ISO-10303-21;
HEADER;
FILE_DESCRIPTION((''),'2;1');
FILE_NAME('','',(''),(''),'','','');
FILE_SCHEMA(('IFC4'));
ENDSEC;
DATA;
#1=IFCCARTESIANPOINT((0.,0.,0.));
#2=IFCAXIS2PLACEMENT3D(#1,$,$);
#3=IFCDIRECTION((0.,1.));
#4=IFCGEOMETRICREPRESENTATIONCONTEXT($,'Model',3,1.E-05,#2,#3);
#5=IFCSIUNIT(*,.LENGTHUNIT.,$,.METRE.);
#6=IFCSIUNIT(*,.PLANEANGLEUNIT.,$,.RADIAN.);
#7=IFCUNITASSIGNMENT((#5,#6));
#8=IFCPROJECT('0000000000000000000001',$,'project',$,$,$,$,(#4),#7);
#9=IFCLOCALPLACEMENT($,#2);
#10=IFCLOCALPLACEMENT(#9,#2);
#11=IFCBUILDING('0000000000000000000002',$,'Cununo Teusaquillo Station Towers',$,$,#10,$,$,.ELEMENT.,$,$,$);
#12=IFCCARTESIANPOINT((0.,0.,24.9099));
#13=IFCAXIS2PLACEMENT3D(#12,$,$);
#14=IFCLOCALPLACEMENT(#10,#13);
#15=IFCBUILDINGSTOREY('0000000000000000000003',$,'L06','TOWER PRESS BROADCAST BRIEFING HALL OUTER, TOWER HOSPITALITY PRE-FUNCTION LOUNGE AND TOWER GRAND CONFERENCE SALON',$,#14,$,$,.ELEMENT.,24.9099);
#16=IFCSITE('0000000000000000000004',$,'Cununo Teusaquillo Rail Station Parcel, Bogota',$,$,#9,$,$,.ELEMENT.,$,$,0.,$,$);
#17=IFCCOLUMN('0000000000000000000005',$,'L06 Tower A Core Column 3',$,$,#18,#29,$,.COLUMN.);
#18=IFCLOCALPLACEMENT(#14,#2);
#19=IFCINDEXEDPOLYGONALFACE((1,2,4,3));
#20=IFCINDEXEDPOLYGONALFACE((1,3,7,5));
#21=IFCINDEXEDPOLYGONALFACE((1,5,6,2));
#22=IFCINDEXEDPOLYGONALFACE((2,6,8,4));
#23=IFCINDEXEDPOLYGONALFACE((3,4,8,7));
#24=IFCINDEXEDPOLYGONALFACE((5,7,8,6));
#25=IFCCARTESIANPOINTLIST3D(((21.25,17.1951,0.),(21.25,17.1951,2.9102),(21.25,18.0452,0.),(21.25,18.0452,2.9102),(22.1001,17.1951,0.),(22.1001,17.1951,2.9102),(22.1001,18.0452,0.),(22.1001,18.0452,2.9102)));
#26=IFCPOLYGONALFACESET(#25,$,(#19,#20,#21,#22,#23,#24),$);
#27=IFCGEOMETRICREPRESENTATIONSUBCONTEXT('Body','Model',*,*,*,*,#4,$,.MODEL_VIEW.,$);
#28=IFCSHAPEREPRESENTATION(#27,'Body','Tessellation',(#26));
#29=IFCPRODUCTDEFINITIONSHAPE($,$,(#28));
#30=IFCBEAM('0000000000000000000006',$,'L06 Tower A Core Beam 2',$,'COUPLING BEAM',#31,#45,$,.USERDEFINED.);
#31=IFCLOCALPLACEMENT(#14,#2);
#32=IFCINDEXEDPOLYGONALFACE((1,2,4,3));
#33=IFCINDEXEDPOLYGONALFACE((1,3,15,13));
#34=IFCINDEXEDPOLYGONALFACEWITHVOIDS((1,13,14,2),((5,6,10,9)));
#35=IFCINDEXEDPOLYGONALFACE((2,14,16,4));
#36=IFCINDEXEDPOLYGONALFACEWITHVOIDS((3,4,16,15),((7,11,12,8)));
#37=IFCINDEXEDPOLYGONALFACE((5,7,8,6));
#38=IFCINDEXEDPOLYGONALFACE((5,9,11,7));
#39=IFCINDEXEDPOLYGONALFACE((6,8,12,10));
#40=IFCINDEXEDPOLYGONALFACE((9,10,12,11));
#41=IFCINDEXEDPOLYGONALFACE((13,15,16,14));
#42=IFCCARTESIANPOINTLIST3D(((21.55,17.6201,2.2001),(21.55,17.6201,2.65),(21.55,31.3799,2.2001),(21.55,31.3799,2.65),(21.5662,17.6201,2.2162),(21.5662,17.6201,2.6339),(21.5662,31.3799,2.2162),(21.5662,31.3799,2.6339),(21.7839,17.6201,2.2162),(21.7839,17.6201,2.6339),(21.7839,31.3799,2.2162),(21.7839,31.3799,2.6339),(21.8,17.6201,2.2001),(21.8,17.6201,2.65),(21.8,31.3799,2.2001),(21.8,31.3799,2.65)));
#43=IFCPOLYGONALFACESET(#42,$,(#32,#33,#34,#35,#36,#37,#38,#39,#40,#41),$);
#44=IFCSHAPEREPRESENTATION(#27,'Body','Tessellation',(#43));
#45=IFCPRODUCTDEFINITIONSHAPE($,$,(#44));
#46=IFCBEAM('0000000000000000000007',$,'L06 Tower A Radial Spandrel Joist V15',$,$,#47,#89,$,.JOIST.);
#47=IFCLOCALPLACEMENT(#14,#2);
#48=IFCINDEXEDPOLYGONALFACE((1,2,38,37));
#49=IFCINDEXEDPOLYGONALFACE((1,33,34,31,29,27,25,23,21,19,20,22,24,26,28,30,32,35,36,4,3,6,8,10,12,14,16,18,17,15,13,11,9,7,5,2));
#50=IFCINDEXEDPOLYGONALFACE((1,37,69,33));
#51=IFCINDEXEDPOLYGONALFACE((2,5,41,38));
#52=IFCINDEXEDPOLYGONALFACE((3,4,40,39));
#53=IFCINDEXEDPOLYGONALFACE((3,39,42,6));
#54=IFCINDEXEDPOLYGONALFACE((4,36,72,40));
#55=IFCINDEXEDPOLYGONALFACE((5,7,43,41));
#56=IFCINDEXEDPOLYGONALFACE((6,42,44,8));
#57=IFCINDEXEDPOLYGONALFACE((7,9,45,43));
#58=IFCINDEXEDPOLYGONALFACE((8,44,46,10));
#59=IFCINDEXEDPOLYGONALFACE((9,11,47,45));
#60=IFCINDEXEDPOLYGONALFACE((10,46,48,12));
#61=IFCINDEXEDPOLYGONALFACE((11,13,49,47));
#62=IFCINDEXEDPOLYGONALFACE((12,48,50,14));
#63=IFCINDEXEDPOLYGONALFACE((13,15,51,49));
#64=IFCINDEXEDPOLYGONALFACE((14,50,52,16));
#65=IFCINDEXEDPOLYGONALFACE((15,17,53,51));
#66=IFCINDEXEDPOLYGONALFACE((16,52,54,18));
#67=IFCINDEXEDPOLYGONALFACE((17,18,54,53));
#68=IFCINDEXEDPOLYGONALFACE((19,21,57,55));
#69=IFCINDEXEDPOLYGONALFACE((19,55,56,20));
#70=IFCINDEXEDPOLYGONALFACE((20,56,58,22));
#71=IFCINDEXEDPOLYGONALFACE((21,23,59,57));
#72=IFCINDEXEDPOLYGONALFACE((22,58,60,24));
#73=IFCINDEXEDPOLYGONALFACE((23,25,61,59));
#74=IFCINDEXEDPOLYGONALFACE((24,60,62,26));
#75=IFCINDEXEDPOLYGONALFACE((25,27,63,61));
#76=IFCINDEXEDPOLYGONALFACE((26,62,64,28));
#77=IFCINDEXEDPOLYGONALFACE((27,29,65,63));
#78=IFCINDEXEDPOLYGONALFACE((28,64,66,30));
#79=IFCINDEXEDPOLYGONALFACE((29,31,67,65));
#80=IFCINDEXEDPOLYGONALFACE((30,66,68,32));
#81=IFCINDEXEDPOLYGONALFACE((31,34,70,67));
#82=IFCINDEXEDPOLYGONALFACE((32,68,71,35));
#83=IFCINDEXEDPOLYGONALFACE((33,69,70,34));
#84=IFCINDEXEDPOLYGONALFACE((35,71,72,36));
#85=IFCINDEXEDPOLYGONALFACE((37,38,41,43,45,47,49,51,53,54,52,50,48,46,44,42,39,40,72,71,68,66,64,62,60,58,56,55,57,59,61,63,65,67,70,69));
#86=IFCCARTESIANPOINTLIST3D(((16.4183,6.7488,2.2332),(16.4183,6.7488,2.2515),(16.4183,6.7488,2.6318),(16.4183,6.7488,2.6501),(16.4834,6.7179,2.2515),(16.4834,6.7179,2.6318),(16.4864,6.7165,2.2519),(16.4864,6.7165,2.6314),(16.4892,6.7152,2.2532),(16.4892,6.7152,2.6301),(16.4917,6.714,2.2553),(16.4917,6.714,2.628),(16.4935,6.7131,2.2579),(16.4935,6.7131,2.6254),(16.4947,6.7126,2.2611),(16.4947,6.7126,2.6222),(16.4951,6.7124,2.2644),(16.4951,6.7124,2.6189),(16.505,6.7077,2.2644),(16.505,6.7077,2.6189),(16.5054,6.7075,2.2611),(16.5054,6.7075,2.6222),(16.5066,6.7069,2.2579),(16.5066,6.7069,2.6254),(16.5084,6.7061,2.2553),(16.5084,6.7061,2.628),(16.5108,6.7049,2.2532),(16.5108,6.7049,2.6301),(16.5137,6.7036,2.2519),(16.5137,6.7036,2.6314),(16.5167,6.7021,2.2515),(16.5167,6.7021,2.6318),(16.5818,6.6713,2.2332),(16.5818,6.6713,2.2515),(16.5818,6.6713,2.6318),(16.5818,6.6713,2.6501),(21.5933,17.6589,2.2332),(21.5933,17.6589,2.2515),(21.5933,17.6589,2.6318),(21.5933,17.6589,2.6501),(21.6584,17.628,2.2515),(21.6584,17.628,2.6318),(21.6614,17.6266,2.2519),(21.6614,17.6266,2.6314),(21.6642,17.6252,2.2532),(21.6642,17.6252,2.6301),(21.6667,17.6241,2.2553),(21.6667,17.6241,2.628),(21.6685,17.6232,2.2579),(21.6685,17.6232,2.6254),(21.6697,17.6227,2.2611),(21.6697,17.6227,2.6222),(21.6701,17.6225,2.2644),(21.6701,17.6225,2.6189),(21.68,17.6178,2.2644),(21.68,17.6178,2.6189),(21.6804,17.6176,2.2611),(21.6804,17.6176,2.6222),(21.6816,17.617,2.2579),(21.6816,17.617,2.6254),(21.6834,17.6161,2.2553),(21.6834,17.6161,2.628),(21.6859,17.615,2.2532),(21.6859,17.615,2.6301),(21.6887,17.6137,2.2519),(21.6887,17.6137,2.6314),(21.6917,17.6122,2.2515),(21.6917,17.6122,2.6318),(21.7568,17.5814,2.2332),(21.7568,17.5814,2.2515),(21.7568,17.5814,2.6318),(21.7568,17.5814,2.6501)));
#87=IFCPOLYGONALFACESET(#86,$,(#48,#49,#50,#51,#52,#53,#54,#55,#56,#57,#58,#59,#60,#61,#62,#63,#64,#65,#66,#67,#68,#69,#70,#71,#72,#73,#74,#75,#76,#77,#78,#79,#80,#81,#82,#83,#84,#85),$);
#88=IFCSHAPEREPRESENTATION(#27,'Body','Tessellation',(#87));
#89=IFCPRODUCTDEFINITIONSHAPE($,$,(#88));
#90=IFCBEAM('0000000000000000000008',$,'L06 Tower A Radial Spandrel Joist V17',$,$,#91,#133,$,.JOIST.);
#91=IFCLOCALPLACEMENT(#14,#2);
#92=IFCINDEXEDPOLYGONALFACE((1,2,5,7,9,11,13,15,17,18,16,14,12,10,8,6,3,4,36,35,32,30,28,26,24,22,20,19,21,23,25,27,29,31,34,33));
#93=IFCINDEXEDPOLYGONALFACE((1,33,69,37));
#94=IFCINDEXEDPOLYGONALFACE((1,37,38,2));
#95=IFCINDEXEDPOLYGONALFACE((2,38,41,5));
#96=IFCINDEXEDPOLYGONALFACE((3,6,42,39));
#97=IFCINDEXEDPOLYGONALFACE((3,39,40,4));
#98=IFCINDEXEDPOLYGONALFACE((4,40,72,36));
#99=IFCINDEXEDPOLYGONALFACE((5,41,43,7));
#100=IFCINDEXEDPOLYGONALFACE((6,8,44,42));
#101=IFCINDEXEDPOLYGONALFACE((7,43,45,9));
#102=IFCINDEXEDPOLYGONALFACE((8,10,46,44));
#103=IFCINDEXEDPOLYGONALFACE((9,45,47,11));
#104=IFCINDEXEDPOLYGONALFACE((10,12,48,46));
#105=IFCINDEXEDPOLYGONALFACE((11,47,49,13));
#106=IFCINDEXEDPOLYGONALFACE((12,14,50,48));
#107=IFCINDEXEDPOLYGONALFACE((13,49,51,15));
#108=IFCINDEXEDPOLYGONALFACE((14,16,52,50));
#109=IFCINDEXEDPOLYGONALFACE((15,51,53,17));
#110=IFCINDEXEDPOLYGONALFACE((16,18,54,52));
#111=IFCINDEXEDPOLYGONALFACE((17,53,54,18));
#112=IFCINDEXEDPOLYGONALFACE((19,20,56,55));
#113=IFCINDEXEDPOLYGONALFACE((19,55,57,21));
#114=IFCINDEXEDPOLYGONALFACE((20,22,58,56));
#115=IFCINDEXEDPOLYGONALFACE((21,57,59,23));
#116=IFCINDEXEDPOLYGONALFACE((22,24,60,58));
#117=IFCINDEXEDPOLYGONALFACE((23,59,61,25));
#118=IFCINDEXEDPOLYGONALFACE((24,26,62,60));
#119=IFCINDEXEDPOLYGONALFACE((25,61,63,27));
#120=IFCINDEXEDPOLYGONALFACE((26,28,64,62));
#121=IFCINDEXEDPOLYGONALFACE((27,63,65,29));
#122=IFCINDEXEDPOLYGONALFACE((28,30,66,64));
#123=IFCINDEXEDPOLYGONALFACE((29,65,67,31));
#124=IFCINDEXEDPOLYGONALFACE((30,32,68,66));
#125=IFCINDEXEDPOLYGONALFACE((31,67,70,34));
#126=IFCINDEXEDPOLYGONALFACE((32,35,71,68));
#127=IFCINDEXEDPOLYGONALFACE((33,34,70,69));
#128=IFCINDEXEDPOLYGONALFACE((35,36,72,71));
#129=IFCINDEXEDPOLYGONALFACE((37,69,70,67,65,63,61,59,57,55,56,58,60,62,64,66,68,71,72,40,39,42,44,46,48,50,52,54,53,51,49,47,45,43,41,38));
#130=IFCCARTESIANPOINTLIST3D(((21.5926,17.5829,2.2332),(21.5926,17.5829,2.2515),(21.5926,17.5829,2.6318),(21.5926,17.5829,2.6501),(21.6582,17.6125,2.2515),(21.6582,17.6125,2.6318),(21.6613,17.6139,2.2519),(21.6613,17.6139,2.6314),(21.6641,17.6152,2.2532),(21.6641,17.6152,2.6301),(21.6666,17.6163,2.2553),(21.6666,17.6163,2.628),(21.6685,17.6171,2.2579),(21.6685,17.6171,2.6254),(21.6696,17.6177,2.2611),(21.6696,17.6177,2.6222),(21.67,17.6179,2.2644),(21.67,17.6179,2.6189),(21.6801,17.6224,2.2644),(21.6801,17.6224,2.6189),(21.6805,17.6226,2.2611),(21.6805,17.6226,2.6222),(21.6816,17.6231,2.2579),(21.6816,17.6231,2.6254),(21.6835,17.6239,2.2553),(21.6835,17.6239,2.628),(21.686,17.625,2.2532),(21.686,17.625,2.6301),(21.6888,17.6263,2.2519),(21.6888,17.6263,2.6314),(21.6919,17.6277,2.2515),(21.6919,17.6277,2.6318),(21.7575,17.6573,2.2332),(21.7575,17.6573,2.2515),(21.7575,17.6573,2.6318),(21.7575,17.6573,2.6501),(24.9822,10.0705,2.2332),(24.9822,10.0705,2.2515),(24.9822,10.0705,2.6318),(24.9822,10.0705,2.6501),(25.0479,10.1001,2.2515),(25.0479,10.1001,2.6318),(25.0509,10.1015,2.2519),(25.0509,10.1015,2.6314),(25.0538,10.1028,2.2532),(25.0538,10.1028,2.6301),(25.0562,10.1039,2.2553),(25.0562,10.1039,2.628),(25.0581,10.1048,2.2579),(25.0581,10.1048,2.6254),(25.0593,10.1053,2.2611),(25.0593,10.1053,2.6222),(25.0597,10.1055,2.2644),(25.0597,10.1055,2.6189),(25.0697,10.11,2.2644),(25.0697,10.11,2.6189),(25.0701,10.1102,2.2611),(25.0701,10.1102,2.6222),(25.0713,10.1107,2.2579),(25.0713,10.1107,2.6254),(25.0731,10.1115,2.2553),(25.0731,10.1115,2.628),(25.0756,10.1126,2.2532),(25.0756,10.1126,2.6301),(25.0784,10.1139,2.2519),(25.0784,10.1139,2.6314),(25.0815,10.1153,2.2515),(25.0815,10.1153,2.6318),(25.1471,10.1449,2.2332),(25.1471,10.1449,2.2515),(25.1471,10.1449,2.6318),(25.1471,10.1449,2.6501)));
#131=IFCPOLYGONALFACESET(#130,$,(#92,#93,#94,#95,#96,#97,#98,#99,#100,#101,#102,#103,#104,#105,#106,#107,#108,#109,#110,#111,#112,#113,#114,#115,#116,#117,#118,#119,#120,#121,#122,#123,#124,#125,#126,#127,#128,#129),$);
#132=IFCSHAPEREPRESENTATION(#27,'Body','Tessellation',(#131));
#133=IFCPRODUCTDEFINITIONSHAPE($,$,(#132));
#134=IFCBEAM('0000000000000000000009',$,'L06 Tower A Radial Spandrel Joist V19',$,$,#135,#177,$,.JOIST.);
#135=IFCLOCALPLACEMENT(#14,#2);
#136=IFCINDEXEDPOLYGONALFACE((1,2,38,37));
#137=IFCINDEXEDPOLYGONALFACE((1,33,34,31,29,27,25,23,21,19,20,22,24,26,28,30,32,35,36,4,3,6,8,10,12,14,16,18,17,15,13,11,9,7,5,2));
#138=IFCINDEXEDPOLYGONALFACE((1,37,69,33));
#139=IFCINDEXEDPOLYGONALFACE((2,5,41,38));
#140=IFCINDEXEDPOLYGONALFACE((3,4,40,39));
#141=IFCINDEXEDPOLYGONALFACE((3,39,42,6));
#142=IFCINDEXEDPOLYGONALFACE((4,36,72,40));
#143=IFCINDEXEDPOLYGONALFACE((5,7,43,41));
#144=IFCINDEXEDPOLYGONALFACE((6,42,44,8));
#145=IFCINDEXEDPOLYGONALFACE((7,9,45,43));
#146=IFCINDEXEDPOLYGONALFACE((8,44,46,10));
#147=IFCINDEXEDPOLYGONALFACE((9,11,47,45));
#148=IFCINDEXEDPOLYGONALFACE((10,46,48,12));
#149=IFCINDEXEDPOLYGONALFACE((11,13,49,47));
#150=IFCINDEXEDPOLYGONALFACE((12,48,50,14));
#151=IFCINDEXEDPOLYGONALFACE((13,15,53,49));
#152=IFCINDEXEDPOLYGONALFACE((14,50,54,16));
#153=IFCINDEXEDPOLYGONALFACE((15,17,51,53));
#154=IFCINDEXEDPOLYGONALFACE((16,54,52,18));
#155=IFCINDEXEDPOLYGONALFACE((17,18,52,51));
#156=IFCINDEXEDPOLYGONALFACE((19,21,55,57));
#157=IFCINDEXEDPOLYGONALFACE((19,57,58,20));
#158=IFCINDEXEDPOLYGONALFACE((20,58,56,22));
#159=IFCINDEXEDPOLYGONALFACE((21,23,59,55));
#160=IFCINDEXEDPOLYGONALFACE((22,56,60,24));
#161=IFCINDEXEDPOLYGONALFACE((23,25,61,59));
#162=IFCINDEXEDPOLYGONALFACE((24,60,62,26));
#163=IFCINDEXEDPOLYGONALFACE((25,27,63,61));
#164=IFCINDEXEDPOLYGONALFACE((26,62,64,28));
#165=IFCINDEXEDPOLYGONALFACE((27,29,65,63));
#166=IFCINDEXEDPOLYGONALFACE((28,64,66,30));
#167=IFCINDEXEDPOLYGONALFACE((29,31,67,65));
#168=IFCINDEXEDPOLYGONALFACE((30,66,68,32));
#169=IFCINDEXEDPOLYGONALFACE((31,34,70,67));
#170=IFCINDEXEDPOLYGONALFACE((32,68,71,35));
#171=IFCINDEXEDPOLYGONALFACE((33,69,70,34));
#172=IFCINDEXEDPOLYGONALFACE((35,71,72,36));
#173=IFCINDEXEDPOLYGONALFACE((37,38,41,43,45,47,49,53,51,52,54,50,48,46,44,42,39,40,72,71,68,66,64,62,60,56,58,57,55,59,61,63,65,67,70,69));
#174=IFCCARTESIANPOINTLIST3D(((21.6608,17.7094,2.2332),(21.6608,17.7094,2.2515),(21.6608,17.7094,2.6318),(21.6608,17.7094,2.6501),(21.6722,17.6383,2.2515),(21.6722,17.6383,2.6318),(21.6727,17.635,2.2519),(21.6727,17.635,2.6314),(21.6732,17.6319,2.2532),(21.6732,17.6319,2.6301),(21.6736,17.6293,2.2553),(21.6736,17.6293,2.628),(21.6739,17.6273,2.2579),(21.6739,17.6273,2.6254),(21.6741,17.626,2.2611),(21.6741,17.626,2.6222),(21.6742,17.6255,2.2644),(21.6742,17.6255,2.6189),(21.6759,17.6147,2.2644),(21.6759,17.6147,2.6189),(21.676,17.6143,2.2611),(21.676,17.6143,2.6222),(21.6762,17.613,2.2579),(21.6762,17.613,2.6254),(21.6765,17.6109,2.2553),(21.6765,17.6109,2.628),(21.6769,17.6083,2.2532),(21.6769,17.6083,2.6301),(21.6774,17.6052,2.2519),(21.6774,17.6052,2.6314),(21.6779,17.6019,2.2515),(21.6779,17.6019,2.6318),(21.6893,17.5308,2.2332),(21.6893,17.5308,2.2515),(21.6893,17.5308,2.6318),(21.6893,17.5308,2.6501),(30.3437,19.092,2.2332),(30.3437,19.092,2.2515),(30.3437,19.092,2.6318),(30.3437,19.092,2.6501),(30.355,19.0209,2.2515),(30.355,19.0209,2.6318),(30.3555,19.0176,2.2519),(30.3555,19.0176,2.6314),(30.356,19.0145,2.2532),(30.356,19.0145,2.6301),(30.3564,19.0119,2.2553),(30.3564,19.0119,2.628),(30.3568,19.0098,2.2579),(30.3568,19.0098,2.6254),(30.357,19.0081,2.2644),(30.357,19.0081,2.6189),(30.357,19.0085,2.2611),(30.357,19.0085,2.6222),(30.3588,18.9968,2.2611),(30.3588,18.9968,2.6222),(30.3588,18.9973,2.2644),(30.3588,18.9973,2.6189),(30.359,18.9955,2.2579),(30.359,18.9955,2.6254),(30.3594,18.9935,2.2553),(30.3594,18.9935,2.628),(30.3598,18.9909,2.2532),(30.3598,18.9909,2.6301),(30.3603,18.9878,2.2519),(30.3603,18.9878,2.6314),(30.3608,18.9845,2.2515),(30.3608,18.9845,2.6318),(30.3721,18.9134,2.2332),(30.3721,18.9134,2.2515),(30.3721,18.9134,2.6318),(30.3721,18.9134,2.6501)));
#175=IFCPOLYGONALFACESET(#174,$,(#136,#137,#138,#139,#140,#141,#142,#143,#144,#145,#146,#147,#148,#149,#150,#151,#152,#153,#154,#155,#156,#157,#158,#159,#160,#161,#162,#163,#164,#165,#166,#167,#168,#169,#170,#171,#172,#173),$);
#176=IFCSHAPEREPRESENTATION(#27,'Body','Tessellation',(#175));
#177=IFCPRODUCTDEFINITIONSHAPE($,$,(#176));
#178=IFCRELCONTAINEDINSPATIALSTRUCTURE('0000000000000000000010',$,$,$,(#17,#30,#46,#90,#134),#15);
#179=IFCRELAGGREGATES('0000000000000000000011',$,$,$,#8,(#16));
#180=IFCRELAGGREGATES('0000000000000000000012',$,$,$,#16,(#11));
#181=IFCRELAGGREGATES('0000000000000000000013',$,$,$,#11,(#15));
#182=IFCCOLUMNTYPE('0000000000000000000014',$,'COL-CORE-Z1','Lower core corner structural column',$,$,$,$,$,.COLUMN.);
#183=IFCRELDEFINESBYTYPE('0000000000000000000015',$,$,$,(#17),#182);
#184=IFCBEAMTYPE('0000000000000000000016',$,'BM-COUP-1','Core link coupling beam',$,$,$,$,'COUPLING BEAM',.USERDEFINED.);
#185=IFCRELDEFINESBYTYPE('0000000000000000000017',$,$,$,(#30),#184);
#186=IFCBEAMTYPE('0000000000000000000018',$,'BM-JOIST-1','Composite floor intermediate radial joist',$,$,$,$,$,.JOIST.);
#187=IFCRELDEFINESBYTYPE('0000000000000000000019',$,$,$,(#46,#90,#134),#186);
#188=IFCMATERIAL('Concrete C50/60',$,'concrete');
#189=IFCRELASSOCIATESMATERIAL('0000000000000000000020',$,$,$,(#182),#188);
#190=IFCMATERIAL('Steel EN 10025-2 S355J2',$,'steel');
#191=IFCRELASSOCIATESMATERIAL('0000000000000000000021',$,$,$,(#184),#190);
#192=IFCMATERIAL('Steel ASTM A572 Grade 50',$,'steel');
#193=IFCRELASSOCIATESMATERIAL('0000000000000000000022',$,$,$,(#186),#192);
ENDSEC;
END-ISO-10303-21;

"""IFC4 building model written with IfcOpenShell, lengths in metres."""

from ifc_helpers import new_model, si_unit, direction, frame, origin, origin_2d, place, context, subcontext, project, spatial, rectangle, hollow_rectangle, i_section, extrude, material, material_profile, profile_set, type_object, element, save


model = new_model("IFC4")

# Units and contexts
model_context = context("Model", 3, precision=1e-05, world=origin(), true_north=direction((0.0, 1.0)))
body_context = subcontext(model_context, "Body", "Model", "MODEL_VIEW")
ifc_project = project(units=[si_unit("LENGTHUNIT", "METRE"), si_unit("PLANEANGLEUNIT", "RADIAN")], contexts=[model_context])

# Site, building, storey
site_placement = place(None, origin())
site = spatial("IfcSite", under=ifc_project, at=site_placement, Name="Cununo Teusaquillo Rail Station Parcel, Bogota", CompositionType="ELEMENT", RefElevation=0.0)
building_placement = place(site_placement, origin())
building = spatial("IfcBuilding", under=site, at=building_placement, Name="Cununo Teusaquillo Station Towers", CompositionType="ELEMENT")
storey_placement = place(building_placement, frame((0.0, 0.0, 24.9099)))
storey = spatial("IfcBuildingStorey", under=building, at=storey_placement, Name="L06", Description="TOWER PRESS BROADCAST BRIEFING HALL OUTER, TOWER HOSPITALITY PRE-FUNCTION LOUNGE AND TOWER GRAND CONFERENCE SALON", CompositionType="ELEMENT", Elevation=24.9099)

# Column
ifc_material_1 = material(Name="Concrete C50/60", Category="concrete")
ifc_material_profile_1 = material_profile(ifc_material_1, rectangle(XDim=0.8501, YDim=0.8501, at=origin_2d()), Name="RC-RECT-850x850")
ifc_profile_set_1 = profile_set([ifc_material_profile_1], Name="Concrete C50/60")
column_type = type_object("IfcColumnType", Name="COL-CORE-Z1", Description="Lower core corner structural column", PredefinedType="COLUMN", material=ifc_profile_set_1)
column_placement = place(storey_placement, frame((21.675, 17.6201, 0.0), z_axis=(0.0, 0.0, 1.0), x_axis=(1.0, 0.0, 0.0)))
element("IfcColumn", 1, at=column_placement, inside=storey, type_object=column_type, Name="L06 Tower A Core Column 3", PredefinedType="COLUMN", context=body_context, shape_type="SweptSolid", body=[
    extrude(rectangle(XDim=0.8501, YDim=0.8501, at=origin_2d()), origin(), (0.0, 0.0, 1.0), 2.9102),
])

# Beams
ifc_material_2 = material(Name="Steel EN 10025-2 S355J2", Category="steel")
ifc_material_profile_2 = material_profile(ifc_material_2, hollow_rectangle(XDim=0.25, YDim=0.45, WallThickness=0.0161, at=origin_2d()), Name="RHS 450x250x16")
ifc_profile_set_2 = profile_set([ifc_material_profile_2], Name="Steel EN 10025-2 S355J2")
beam_type_1 = type_object("IfcBeamType", Name="BM-COUP-1", Description="Core link coupling beam", ElementType="COUPLING BEAM", PredefinedType="USERDEFINED", material=ifc_profile_set_2)
beam_1_placement = place(storey_placement, frame((21.675, 17.6201, 2.425), z_axis=(0.0, 1.0, 0.0), x_axis=(-1.0, 0.0, 0.0)))
element("IfcBeam", 2, at=beam_1_placement, inside=storey, type_object=beam_type_1, Name="L06 Tower A Core Beam 2", ObjectType="COUPLING BEAM", PredefinedType="USERDEFINED", context=body_context, shape_type="SweptSolid", body=[
    extrude(hollow_rectangle(XDim=0.25, YDim=0.45, WallThickness=0.0161, at=origin_2d()), origin(), (0.0, 0.0, 1.0), 13.7598),
])
ifc_material_3 = material(Name="Steel ASTM A572 Grade 50", Category="steel")
ifc_material_profile_3 = material_profile(ifc_material_3, i_section(OverallWidth=0.1809, OverallDepth=0.417, WebThickness=0.011, FlangeThickness=0.0183, FilletRadius=0.0129, at=origin_2d()), Name="W16X57")
ifc_profile_set_3 = profile_set([ifc_material_profile_3], Name="Steel ASTM A572 Grade 50")
beam_type_2 = type_object("IfcBeamType", Name="BM-JOIST-1", Description="Composite floor intermediate radial joist", PredefinedType="JOIST", material=ifc_profile_set_3)
beam_2_placement = place(storey_placement, frame((21.675, 17.6201, 2.4417), z_axis=(-0.428565, -0.903511, 0.0), x_axis=(0.903511, -0.428565, 0.0)))
element("IfcBeam", 3, at=beam_2_placement, inside=storey, type_object=beam_type_2, Name="L06 Tower A Radial Spandrel Joist V15", PredefinedType="JOIST", context=body_context, shape_type="SweptSolid", body=[
    extrude(i_section(OverallWidth=0.1809, OverallDepth=0.417, WebThickness=0.011, FlangeThickness=0.0183, FilletRadius=0.0129, at=origin_2d()), origin(), (0.0, 0.0, 1.0), 12.0752),
])
beam_3_placement = place(storey_placement, frame((21.675, 17.6201, 2.4417), z_axis=(0.411277, -0.91151, 0.0), x_axis=(0.91151, 0.411277, 0.0)))
element("IfcBeam", 4, at=beam_3_placement, inside=storey, type_object=beam_type_2, Name="L06 Tower A Radial Spandrel Joist V17", PredefinedType="JOIST", context=body_context, shape_type="SweptSolid", body=[
    extrude(i_section(OverallWidth=0.1809, OverallDepth=0.417, WebThickness=0.011, FlangeThickness=0.0183, FilletRadius=0.0129, at=origin_2d()), origin(), (0.0, 0.0, 1.0), 8.2417),
])
beam_4_placement = place(storey_placement, frame((21.675, 17.6201, 2.4417), z_axis=(0.987559, 0.157249, 0.0), x_axis=(-0.157249, 0.987559, 0.0)))
element("IfcBeam", 5, at=beam_4_placement, inside=storey, type_object=beam_type_2, Name="L06 Tower A Radial Spandrel Joist V19", PredefinedType="JOIST", context=body_context, shape_type="SweptSolid", body=[
    extrude(i_section(OverallWidth=0.1809, OverallDepth=0.417, WebThickness=0.011, FlangeThickness=0.0183, FilletRadius=0.0129, at=origin_2d()), origin(), (0.0, 0.0, 1.0), 8.7922),
])

save(model, "model.ifc")
